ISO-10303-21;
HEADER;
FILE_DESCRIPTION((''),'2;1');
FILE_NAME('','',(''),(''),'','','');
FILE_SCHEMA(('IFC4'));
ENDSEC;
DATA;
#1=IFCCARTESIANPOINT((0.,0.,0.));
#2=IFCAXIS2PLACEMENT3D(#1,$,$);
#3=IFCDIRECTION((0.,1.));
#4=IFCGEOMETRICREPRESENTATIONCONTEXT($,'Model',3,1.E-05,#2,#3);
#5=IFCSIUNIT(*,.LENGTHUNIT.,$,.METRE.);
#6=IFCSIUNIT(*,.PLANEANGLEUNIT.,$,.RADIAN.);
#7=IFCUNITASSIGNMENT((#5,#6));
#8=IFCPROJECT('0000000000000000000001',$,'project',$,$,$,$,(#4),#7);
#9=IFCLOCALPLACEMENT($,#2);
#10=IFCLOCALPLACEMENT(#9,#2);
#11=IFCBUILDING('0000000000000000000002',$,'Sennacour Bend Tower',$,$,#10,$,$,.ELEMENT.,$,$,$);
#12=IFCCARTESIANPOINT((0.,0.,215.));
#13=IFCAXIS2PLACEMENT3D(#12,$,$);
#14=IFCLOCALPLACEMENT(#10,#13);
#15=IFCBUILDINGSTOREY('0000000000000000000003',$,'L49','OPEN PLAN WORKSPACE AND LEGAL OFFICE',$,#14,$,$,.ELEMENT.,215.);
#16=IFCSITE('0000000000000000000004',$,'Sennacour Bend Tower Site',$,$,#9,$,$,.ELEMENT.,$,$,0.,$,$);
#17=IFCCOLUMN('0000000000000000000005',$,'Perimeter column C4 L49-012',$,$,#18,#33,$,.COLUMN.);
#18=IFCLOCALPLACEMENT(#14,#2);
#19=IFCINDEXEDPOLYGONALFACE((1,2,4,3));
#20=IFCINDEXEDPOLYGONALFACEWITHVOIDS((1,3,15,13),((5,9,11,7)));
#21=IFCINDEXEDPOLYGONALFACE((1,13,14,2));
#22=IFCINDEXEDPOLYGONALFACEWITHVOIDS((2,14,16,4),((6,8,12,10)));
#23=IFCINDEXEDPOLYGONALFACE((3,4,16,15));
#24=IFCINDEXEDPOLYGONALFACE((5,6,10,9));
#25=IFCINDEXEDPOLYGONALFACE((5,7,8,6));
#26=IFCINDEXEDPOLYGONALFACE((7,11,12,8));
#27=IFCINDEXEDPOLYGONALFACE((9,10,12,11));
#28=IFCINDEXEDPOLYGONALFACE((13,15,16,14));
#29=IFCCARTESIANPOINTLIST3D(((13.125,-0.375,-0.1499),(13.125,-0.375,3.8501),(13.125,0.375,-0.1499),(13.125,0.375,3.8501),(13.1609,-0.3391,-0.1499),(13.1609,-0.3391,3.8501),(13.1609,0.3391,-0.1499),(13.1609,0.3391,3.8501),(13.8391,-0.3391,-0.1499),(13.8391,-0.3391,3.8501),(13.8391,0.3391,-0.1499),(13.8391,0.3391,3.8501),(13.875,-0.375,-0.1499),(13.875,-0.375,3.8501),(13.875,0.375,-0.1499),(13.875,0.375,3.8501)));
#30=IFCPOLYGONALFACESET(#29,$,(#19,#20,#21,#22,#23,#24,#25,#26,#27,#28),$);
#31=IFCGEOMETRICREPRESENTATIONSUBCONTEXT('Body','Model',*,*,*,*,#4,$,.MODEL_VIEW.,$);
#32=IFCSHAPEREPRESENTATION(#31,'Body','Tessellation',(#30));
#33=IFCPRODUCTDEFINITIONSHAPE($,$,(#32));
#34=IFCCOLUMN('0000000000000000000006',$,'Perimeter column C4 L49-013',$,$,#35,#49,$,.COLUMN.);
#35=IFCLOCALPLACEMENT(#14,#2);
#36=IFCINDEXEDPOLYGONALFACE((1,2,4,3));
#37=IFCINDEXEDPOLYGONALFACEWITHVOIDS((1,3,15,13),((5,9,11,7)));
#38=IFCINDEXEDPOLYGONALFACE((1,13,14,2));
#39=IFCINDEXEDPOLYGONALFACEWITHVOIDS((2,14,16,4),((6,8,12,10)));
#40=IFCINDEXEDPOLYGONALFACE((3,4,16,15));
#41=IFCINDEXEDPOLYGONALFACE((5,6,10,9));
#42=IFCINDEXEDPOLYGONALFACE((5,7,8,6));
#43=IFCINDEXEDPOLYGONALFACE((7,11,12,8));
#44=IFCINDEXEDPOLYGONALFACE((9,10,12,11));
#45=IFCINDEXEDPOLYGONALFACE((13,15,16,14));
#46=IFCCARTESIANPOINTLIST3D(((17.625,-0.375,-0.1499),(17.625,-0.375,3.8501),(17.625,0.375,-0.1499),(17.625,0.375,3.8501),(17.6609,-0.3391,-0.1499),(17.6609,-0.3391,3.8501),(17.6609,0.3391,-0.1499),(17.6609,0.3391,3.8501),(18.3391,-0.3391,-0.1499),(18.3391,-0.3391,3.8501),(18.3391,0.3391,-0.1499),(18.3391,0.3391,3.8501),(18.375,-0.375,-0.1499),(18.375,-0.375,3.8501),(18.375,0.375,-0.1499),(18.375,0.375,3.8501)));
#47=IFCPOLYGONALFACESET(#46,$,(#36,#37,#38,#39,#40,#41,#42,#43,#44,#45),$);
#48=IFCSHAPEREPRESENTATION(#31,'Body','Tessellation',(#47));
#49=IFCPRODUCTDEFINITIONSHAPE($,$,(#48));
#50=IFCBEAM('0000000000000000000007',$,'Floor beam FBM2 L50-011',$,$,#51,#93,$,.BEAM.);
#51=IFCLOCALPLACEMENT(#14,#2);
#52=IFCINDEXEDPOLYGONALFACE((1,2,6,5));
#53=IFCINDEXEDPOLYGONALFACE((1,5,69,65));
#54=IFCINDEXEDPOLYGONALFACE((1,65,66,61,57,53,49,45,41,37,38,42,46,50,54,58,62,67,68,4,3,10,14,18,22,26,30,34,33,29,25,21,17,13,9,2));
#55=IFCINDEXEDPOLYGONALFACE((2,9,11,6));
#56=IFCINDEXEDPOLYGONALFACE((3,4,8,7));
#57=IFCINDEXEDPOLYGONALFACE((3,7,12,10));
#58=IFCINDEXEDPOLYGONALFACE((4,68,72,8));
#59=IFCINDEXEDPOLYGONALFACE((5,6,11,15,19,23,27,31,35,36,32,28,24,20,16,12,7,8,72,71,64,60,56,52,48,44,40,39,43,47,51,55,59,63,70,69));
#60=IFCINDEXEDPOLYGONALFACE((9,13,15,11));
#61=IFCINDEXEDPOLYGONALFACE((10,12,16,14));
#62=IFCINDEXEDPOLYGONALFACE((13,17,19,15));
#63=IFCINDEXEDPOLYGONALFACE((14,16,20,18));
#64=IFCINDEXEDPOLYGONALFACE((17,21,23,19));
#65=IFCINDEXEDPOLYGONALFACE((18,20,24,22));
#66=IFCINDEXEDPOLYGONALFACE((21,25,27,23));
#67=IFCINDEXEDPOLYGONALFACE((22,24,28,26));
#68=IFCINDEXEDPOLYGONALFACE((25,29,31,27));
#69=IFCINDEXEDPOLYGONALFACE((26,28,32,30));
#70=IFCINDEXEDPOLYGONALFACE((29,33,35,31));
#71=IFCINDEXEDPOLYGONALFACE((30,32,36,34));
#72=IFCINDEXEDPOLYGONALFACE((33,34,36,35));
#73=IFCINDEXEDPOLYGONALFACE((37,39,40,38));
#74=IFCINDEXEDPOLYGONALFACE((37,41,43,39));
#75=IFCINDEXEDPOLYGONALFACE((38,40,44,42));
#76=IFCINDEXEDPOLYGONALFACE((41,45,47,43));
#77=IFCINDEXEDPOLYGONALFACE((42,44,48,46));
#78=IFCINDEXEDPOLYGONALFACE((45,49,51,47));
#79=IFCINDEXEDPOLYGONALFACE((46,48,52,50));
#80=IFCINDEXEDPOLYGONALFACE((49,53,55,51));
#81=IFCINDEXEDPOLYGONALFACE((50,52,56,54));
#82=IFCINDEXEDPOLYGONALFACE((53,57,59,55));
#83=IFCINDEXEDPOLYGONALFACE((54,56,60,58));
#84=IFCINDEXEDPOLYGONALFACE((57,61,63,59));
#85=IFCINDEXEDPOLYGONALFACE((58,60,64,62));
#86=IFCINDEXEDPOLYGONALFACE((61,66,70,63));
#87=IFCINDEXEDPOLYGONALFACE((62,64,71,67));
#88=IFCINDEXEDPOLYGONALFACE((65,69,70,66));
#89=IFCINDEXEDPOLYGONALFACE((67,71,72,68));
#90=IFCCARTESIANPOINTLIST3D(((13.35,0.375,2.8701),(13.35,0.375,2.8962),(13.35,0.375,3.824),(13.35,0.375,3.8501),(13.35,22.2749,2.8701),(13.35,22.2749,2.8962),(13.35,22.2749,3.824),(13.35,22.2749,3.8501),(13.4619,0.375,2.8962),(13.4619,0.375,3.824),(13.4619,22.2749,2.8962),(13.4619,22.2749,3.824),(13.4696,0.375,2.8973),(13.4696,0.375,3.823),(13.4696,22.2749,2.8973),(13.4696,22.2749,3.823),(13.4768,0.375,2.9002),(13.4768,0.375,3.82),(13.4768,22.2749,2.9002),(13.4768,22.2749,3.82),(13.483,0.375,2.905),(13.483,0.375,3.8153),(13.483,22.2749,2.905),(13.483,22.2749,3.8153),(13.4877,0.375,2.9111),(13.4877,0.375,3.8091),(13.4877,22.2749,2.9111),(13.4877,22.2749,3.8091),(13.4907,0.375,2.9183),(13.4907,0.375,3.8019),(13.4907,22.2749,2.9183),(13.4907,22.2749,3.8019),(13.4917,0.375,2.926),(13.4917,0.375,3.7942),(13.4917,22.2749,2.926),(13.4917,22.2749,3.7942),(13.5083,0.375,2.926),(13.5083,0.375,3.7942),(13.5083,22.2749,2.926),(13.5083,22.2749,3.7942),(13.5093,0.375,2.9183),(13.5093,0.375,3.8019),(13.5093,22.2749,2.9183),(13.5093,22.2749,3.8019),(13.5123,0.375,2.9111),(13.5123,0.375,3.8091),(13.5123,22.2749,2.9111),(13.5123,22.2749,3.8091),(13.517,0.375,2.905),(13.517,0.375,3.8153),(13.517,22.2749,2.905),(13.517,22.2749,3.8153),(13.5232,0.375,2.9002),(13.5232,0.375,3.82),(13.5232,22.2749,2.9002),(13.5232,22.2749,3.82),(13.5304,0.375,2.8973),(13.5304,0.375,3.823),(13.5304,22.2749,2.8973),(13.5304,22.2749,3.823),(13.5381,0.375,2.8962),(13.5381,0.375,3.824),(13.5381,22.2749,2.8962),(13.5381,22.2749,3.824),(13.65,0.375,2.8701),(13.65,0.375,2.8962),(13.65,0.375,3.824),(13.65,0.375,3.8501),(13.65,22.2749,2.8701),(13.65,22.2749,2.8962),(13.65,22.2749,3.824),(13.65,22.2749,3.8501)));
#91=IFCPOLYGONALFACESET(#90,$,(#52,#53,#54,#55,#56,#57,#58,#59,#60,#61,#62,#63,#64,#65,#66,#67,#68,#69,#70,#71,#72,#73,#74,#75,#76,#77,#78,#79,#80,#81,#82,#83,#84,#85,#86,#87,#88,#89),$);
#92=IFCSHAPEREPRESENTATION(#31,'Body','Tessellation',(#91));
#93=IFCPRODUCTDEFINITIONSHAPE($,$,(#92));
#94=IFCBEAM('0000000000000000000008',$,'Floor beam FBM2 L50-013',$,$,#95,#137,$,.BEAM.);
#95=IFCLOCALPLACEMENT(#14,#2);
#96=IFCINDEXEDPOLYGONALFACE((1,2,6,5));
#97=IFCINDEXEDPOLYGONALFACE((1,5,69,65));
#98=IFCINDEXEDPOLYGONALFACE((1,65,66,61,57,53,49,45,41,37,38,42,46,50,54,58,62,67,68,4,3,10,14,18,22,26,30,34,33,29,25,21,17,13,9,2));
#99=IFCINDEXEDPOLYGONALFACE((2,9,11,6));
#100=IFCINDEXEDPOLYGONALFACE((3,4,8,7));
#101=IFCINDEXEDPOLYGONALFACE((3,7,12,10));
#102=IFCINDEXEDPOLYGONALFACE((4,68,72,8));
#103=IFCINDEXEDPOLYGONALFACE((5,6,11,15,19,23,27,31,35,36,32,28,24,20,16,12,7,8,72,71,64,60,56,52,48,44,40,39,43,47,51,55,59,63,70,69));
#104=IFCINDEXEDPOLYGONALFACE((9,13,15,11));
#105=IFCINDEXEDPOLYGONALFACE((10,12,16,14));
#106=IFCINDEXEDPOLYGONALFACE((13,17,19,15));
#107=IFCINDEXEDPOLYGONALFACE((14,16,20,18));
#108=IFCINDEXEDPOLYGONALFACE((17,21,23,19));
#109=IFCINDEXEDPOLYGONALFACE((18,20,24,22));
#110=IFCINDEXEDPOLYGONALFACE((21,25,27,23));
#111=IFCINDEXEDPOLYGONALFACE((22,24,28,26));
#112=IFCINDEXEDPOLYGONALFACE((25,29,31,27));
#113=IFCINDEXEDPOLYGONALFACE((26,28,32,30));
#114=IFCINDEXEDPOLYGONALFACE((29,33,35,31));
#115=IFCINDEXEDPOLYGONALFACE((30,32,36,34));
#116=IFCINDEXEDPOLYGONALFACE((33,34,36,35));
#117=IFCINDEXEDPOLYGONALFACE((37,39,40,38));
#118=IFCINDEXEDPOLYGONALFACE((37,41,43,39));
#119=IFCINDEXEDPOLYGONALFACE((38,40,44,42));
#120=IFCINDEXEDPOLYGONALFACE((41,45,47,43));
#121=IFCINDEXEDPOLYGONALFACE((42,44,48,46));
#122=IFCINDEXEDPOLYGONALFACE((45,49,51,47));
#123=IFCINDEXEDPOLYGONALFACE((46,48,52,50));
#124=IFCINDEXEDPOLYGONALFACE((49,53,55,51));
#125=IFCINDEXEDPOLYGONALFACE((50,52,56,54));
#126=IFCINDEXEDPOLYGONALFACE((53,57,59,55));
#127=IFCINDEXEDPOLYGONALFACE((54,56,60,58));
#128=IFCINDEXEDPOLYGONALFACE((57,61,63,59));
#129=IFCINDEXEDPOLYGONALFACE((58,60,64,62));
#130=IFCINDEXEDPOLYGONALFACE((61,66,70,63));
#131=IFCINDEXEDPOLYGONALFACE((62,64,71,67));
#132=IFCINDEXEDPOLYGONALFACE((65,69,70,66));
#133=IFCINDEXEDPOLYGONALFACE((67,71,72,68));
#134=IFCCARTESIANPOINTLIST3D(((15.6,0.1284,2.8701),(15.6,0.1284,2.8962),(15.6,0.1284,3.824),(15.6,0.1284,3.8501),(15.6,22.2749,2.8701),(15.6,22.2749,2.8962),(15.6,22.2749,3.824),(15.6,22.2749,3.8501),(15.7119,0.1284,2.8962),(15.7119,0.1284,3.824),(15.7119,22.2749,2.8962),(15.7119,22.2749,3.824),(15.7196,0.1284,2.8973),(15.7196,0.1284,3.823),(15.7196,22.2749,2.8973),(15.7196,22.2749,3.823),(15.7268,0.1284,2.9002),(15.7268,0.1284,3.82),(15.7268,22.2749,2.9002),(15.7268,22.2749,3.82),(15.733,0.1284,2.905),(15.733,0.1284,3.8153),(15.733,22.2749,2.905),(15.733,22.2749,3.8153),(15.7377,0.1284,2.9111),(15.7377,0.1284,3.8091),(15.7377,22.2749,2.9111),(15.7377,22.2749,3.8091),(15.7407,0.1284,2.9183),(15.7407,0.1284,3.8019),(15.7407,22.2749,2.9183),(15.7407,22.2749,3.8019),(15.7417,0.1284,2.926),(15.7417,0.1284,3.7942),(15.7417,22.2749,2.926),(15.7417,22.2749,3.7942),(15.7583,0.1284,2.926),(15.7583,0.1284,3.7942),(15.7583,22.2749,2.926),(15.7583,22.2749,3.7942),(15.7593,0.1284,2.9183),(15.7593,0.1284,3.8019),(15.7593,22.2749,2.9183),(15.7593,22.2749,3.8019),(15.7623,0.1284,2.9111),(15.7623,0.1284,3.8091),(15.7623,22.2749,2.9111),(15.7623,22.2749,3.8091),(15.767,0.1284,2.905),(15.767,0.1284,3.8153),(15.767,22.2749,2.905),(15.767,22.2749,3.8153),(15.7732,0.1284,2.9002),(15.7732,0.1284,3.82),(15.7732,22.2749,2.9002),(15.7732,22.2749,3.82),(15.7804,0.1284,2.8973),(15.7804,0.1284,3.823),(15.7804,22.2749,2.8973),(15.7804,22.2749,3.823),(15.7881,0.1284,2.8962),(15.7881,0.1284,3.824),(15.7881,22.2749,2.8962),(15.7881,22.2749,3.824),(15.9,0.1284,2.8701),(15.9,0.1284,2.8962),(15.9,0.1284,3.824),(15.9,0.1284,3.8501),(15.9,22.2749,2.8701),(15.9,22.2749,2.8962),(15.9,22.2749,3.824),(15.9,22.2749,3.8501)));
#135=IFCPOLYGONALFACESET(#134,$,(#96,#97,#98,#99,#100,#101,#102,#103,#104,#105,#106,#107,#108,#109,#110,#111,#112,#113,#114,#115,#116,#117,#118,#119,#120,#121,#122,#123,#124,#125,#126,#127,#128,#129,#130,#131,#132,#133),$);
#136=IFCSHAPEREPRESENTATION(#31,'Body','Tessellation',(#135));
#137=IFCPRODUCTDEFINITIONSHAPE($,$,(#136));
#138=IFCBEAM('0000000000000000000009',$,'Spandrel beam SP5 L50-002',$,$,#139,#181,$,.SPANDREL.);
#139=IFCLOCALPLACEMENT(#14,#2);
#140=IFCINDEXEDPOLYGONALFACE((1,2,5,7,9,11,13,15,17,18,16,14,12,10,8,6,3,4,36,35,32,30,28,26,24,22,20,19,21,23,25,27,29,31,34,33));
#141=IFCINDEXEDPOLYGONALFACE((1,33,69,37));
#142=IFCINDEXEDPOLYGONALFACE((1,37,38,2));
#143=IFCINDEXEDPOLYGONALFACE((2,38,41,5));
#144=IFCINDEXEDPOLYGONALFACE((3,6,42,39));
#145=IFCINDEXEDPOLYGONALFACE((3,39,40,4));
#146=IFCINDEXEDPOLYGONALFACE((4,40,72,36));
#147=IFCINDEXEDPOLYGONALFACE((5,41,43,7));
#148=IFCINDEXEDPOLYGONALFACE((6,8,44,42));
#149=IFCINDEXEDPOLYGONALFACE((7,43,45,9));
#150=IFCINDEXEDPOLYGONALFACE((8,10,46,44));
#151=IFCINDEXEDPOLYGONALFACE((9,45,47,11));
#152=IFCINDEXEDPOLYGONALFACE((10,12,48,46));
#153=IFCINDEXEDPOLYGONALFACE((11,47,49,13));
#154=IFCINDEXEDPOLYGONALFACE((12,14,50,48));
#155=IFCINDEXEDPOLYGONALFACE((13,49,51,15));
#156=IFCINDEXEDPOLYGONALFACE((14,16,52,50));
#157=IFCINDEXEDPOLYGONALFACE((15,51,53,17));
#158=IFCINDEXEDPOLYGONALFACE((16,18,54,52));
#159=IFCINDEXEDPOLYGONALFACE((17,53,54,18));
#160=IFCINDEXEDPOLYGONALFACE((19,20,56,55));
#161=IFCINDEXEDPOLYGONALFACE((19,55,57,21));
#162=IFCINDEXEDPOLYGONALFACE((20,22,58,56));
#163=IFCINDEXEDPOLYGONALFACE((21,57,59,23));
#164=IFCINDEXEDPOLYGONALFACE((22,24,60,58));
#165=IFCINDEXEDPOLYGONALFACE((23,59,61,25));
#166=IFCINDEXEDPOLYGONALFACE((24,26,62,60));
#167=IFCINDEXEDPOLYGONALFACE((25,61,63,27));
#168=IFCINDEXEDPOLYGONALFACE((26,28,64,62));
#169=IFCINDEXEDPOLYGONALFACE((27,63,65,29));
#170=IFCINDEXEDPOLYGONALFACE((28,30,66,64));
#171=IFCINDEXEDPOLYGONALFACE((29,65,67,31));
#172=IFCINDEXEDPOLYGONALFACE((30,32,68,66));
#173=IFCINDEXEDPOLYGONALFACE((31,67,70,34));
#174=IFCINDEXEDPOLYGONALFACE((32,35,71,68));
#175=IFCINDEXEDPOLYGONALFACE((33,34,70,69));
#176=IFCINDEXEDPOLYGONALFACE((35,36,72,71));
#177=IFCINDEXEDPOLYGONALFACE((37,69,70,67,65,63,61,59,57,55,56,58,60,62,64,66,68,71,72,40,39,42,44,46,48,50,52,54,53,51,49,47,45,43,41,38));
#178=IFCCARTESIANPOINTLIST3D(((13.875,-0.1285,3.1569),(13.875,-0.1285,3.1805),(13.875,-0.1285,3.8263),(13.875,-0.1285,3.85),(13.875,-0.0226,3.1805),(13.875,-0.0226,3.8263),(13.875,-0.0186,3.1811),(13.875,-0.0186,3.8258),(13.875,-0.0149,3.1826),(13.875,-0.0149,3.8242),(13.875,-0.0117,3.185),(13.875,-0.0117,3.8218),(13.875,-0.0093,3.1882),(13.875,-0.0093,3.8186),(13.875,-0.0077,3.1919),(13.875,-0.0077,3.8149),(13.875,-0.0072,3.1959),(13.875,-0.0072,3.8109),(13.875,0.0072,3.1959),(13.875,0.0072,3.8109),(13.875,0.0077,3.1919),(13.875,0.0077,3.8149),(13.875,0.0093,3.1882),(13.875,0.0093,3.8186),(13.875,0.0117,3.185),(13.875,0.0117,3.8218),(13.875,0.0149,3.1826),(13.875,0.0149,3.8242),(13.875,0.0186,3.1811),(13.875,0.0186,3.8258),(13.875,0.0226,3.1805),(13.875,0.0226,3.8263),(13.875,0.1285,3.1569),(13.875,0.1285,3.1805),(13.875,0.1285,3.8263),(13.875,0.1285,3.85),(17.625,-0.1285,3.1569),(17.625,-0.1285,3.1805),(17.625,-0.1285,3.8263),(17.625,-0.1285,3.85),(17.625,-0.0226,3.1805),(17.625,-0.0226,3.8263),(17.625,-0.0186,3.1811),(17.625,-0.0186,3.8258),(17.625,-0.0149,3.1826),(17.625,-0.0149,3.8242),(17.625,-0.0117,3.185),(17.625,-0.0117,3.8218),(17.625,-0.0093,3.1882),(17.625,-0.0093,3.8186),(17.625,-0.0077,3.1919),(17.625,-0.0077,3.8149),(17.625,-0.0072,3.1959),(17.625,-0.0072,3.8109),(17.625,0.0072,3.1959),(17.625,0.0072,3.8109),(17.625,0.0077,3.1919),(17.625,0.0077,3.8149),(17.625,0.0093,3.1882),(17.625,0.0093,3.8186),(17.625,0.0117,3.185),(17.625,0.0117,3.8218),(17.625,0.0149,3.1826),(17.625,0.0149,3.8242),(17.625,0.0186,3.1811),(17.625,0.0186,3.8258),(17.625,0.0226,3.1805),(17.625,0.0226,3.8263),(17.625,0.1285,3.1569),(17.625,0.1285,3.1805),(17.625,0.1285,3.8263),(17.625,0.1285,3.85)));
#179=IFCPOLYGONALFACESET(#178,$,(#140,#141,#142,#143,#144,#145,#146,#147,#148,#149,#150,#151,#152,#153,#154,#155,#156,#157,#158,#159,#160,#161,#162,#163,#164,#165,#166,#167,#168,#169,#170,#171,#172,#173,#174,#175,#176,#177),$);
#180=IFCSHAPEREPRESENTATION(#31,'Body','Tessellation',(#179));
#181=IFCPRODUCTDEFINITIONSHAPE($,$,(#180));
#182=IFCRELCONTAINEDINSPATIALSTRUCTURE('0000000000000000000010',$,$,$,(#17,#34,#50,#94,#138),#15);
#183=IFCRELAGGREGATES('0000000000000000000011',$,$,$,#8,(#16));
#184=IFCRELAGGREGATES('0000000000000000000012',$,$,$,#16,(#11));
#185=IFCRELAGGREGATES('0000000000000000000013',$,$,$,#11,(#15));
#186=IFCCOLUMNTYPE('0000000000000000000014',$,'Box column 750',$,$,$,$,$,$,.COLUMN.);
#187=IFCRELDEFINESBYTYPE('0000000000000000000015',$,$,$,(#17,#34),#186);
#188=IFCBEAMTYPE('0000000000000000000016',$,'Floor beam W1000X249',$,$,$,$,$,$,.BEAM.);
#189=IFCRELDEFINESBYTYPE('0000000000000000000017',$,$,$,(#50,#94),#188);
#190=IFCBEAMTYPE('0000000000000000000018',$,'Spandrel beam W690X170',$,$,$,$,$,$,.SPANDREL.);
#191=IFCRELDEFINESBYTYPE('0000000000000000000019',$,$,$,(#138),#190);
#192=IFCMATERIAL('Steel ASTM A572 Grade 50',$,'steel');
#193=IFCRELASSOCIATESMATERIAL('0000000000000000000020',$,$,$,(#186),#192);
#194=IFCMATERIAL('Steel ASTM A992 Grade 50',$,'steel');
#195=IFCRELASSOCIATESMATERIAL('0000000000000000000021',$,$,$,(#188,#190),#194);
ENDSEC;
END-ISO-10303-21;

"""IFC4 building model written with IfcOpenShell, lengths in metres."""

from ifc_helpers import new_model, si_unit, direction, frame, origin, origin_2d, place, context, subcontext, project, spatial, hollow_rectangle, i_section, extrude, material, material_profile, profile_set, type_object, element, save


model = new_model("IFC4")

# Units and contexts
model_context = context("Model", 3, precision=1e-05, world=origin(), true_north=direction((0.0, 1.0)))
body_context = subcontext(model_context, "Body", "Model", "MODEL_VIEW")
ifc_project = project(units=[si_unit("LENGTHUNIT", "METRE"), si_unit("PLANEANGLEUNIT", "RADIAN")], contexts=[model_context])

# Site, building, storey
site_placement = place(None, origin())
site = spatial("IfcSite", under=ifc_project, at=site_placement, Name="Sennacour Bend Tower Site", CompositionType="ELEMENT", RefElevation=0.0)
building_placement = place(site_placement, origin())
building = spatial("IfcBuilding", under=site, at=building_placement, Name="Sennacour Bend Tower", CompositionType="ELEMENT")
storey_placement = place(building_placement, frame((0.0, 0.0, 215.0)))
storey = spatial("IfcBuildingStorey", under=building, at=storey_placement, Name="L49", Description="OPEN PLAN WORKSPACE AND LEGAL OFFICE", CompositionType="ELEMENT", Elevation=215.0)

# Columns
ifc_material_1 = material(Name="Steel ASTM A572 Grade 50", Category="steel")
ifc_material_profile_1 = material_profile(ifc_material_1, hollow_rectangle(XDim=0.75, YDim=0.75, WallThickness=0.0359, at=origin_2d()), Name="Steel ASTM A572 Grade 50", Category="steel")
ifc_profile_set_1 = profile_set([ifc_material_profile_1], Name="Steel ASTM A572 Grade 50")
column_type = type_object("IfcColumnType", Name="Box column 750", PredefinedType="COLUMN", material=ifc_profile_set_1)
for number, where, z_axis, x_axis, name in (
    (1, (13.5, 0.0, -0.1499), (0.0, 0.0, 1.0), (1.0, 0.0, 0.0), "Perimeter column C4 L49-012"),
    (2, (18.0, 0.0, -0.1499), (0.0, 0.0, 1.0), (1.0, 0.0, 0.0), "Perimeter column C4 L49-013"),
):
    element("IfcColumn", number, at=place(storey_placement, frame(where, z_axis=z_axis, x_axis=x_axis)), inside=storey, type_object=column_type, Name=name, PredefinedType="COLUMN", context=body_context, shape_type="SweptSolid", body=[
        extrude(hollow_rectangle(XDim=0.75, YDim=0.75, WallThickness=0.0359, at=origin_2d()), origin(), (0.0, 0.0, 1.0), 4.0),
    ])

# Beams
ifc_material_2 = material(Name="Steel ASTM A992 Grade 50", Category="steel")
ifc_material_profile_2 = material_profile(ifc_material_2, i_section(OverallWidth=0.3, OverallDepth=0.98, WebThickness=0.0166, FlangeThickness=0.0261, FilletRadius=0.0298, at=origin_2d()), Name="Steel ASTM A992 Grade 50", Category="steel")
ifc_profile_set_2 = profile_set([ifc_material_profile_2], Name="Steel ASTM A992 Grade 50")
beam_type_1 = type_object("IfcBeamType", Name="Floor beam W1000X249", PredefinedType="BEAM", material=ifc_profile_set_2)
beam_1_placement = place(storey_placement, frame((13.5, 0.375, 3.3601), z_axis=(0.0, 1.0, 0.0), x_axis=(-1.0, 0.0, 0.0)))
element("IfcBeam", 3, at=beam_1_placement, inside=storey, type_object=beam_type_1, Name="Floor beam FBM2 L50-011", PredefinedType="BEAM", context=body_context, shape_type="SweptSolid", body=[
    extrude(i_section(OverallWidth=0.3, OverallDepth=0.98, WebThickness=0.0166, FlangeThickness=0.0261, FilletRadius=0.0298, at=origin_2d()), origin(), (0.0, 0.0, 1.0), 21.8999),
])
beam_2_placement = place(storey_placement, frame((15.75, 0.1284, 3.3601), z_axis=(0.0, 1.0, 0.0), x_axis=(-1.0, 0.0, 0.0)))
element("IfcBeam", 4, at=beam_2_placement, inside=storey, type_object=beam_type_1, Name="Floor beam FBM2 L50-013", PredefinedType="BEAM", context=body_context, shape_type="SweptSolid", body=[
    extrude(i_section(OverallWidth=0.3, OverallDepth=0.98, WebThickness=0.0166, FlangeThickness=0.0261, FilletRadius=0.0298, at=origin_2d()), origin(), (0.0, 0.0, 1.0), 22.1465),
])
ifc_material_profile_3 = material_profile(ifc_material_2, i_section(OverallWidth=0.2571, OverallDepth=0.6931, WebThickness=0.0144, FlangeThickness=0.0237, FilletRadius=0.0154, at=origin_2d()), Name="Steel ASTM A992 Grade 50", Category="steel")
ifc_profile_set_3 = profile_set([ifc_material_profile_3], Name="Steel ASTM A992 Grade 50")
beam_type_2 = type_object("IfcBeamType", Name="Spandrel beam W690X170", PredefinedType="SPANDREL", material=ifc_profile_set_3)
for number, where, z_axis, x_axis, name in (
    (5, (17.625, 0.0, 3.5034), (-1.0, 0.0, 0.0), (0.0, -1.0, 0.0), "Spandrel beam SP5 L50-002"),
):
    element("IfcBeam", number, at=place(storey_placement, frame(where, z_axis=z_axis, x_axis=x_axis)), inside=storey, type_object=beam_type_2, Name=name, PredefinedType="SPANDREL", context=body_context, shape_type="SweptSolid", body=[
        extrude(i_section(OverallWidth=0.2571, OverallDepth=0.6931, WebThickness=0.0144, FlangeThickness=0.0237, FilletRadius=0.0154, at=origin_2d()), origin(), (0.0, 0.0, 1.0), 3.75),
    ])

save(model, "model.ifc")
